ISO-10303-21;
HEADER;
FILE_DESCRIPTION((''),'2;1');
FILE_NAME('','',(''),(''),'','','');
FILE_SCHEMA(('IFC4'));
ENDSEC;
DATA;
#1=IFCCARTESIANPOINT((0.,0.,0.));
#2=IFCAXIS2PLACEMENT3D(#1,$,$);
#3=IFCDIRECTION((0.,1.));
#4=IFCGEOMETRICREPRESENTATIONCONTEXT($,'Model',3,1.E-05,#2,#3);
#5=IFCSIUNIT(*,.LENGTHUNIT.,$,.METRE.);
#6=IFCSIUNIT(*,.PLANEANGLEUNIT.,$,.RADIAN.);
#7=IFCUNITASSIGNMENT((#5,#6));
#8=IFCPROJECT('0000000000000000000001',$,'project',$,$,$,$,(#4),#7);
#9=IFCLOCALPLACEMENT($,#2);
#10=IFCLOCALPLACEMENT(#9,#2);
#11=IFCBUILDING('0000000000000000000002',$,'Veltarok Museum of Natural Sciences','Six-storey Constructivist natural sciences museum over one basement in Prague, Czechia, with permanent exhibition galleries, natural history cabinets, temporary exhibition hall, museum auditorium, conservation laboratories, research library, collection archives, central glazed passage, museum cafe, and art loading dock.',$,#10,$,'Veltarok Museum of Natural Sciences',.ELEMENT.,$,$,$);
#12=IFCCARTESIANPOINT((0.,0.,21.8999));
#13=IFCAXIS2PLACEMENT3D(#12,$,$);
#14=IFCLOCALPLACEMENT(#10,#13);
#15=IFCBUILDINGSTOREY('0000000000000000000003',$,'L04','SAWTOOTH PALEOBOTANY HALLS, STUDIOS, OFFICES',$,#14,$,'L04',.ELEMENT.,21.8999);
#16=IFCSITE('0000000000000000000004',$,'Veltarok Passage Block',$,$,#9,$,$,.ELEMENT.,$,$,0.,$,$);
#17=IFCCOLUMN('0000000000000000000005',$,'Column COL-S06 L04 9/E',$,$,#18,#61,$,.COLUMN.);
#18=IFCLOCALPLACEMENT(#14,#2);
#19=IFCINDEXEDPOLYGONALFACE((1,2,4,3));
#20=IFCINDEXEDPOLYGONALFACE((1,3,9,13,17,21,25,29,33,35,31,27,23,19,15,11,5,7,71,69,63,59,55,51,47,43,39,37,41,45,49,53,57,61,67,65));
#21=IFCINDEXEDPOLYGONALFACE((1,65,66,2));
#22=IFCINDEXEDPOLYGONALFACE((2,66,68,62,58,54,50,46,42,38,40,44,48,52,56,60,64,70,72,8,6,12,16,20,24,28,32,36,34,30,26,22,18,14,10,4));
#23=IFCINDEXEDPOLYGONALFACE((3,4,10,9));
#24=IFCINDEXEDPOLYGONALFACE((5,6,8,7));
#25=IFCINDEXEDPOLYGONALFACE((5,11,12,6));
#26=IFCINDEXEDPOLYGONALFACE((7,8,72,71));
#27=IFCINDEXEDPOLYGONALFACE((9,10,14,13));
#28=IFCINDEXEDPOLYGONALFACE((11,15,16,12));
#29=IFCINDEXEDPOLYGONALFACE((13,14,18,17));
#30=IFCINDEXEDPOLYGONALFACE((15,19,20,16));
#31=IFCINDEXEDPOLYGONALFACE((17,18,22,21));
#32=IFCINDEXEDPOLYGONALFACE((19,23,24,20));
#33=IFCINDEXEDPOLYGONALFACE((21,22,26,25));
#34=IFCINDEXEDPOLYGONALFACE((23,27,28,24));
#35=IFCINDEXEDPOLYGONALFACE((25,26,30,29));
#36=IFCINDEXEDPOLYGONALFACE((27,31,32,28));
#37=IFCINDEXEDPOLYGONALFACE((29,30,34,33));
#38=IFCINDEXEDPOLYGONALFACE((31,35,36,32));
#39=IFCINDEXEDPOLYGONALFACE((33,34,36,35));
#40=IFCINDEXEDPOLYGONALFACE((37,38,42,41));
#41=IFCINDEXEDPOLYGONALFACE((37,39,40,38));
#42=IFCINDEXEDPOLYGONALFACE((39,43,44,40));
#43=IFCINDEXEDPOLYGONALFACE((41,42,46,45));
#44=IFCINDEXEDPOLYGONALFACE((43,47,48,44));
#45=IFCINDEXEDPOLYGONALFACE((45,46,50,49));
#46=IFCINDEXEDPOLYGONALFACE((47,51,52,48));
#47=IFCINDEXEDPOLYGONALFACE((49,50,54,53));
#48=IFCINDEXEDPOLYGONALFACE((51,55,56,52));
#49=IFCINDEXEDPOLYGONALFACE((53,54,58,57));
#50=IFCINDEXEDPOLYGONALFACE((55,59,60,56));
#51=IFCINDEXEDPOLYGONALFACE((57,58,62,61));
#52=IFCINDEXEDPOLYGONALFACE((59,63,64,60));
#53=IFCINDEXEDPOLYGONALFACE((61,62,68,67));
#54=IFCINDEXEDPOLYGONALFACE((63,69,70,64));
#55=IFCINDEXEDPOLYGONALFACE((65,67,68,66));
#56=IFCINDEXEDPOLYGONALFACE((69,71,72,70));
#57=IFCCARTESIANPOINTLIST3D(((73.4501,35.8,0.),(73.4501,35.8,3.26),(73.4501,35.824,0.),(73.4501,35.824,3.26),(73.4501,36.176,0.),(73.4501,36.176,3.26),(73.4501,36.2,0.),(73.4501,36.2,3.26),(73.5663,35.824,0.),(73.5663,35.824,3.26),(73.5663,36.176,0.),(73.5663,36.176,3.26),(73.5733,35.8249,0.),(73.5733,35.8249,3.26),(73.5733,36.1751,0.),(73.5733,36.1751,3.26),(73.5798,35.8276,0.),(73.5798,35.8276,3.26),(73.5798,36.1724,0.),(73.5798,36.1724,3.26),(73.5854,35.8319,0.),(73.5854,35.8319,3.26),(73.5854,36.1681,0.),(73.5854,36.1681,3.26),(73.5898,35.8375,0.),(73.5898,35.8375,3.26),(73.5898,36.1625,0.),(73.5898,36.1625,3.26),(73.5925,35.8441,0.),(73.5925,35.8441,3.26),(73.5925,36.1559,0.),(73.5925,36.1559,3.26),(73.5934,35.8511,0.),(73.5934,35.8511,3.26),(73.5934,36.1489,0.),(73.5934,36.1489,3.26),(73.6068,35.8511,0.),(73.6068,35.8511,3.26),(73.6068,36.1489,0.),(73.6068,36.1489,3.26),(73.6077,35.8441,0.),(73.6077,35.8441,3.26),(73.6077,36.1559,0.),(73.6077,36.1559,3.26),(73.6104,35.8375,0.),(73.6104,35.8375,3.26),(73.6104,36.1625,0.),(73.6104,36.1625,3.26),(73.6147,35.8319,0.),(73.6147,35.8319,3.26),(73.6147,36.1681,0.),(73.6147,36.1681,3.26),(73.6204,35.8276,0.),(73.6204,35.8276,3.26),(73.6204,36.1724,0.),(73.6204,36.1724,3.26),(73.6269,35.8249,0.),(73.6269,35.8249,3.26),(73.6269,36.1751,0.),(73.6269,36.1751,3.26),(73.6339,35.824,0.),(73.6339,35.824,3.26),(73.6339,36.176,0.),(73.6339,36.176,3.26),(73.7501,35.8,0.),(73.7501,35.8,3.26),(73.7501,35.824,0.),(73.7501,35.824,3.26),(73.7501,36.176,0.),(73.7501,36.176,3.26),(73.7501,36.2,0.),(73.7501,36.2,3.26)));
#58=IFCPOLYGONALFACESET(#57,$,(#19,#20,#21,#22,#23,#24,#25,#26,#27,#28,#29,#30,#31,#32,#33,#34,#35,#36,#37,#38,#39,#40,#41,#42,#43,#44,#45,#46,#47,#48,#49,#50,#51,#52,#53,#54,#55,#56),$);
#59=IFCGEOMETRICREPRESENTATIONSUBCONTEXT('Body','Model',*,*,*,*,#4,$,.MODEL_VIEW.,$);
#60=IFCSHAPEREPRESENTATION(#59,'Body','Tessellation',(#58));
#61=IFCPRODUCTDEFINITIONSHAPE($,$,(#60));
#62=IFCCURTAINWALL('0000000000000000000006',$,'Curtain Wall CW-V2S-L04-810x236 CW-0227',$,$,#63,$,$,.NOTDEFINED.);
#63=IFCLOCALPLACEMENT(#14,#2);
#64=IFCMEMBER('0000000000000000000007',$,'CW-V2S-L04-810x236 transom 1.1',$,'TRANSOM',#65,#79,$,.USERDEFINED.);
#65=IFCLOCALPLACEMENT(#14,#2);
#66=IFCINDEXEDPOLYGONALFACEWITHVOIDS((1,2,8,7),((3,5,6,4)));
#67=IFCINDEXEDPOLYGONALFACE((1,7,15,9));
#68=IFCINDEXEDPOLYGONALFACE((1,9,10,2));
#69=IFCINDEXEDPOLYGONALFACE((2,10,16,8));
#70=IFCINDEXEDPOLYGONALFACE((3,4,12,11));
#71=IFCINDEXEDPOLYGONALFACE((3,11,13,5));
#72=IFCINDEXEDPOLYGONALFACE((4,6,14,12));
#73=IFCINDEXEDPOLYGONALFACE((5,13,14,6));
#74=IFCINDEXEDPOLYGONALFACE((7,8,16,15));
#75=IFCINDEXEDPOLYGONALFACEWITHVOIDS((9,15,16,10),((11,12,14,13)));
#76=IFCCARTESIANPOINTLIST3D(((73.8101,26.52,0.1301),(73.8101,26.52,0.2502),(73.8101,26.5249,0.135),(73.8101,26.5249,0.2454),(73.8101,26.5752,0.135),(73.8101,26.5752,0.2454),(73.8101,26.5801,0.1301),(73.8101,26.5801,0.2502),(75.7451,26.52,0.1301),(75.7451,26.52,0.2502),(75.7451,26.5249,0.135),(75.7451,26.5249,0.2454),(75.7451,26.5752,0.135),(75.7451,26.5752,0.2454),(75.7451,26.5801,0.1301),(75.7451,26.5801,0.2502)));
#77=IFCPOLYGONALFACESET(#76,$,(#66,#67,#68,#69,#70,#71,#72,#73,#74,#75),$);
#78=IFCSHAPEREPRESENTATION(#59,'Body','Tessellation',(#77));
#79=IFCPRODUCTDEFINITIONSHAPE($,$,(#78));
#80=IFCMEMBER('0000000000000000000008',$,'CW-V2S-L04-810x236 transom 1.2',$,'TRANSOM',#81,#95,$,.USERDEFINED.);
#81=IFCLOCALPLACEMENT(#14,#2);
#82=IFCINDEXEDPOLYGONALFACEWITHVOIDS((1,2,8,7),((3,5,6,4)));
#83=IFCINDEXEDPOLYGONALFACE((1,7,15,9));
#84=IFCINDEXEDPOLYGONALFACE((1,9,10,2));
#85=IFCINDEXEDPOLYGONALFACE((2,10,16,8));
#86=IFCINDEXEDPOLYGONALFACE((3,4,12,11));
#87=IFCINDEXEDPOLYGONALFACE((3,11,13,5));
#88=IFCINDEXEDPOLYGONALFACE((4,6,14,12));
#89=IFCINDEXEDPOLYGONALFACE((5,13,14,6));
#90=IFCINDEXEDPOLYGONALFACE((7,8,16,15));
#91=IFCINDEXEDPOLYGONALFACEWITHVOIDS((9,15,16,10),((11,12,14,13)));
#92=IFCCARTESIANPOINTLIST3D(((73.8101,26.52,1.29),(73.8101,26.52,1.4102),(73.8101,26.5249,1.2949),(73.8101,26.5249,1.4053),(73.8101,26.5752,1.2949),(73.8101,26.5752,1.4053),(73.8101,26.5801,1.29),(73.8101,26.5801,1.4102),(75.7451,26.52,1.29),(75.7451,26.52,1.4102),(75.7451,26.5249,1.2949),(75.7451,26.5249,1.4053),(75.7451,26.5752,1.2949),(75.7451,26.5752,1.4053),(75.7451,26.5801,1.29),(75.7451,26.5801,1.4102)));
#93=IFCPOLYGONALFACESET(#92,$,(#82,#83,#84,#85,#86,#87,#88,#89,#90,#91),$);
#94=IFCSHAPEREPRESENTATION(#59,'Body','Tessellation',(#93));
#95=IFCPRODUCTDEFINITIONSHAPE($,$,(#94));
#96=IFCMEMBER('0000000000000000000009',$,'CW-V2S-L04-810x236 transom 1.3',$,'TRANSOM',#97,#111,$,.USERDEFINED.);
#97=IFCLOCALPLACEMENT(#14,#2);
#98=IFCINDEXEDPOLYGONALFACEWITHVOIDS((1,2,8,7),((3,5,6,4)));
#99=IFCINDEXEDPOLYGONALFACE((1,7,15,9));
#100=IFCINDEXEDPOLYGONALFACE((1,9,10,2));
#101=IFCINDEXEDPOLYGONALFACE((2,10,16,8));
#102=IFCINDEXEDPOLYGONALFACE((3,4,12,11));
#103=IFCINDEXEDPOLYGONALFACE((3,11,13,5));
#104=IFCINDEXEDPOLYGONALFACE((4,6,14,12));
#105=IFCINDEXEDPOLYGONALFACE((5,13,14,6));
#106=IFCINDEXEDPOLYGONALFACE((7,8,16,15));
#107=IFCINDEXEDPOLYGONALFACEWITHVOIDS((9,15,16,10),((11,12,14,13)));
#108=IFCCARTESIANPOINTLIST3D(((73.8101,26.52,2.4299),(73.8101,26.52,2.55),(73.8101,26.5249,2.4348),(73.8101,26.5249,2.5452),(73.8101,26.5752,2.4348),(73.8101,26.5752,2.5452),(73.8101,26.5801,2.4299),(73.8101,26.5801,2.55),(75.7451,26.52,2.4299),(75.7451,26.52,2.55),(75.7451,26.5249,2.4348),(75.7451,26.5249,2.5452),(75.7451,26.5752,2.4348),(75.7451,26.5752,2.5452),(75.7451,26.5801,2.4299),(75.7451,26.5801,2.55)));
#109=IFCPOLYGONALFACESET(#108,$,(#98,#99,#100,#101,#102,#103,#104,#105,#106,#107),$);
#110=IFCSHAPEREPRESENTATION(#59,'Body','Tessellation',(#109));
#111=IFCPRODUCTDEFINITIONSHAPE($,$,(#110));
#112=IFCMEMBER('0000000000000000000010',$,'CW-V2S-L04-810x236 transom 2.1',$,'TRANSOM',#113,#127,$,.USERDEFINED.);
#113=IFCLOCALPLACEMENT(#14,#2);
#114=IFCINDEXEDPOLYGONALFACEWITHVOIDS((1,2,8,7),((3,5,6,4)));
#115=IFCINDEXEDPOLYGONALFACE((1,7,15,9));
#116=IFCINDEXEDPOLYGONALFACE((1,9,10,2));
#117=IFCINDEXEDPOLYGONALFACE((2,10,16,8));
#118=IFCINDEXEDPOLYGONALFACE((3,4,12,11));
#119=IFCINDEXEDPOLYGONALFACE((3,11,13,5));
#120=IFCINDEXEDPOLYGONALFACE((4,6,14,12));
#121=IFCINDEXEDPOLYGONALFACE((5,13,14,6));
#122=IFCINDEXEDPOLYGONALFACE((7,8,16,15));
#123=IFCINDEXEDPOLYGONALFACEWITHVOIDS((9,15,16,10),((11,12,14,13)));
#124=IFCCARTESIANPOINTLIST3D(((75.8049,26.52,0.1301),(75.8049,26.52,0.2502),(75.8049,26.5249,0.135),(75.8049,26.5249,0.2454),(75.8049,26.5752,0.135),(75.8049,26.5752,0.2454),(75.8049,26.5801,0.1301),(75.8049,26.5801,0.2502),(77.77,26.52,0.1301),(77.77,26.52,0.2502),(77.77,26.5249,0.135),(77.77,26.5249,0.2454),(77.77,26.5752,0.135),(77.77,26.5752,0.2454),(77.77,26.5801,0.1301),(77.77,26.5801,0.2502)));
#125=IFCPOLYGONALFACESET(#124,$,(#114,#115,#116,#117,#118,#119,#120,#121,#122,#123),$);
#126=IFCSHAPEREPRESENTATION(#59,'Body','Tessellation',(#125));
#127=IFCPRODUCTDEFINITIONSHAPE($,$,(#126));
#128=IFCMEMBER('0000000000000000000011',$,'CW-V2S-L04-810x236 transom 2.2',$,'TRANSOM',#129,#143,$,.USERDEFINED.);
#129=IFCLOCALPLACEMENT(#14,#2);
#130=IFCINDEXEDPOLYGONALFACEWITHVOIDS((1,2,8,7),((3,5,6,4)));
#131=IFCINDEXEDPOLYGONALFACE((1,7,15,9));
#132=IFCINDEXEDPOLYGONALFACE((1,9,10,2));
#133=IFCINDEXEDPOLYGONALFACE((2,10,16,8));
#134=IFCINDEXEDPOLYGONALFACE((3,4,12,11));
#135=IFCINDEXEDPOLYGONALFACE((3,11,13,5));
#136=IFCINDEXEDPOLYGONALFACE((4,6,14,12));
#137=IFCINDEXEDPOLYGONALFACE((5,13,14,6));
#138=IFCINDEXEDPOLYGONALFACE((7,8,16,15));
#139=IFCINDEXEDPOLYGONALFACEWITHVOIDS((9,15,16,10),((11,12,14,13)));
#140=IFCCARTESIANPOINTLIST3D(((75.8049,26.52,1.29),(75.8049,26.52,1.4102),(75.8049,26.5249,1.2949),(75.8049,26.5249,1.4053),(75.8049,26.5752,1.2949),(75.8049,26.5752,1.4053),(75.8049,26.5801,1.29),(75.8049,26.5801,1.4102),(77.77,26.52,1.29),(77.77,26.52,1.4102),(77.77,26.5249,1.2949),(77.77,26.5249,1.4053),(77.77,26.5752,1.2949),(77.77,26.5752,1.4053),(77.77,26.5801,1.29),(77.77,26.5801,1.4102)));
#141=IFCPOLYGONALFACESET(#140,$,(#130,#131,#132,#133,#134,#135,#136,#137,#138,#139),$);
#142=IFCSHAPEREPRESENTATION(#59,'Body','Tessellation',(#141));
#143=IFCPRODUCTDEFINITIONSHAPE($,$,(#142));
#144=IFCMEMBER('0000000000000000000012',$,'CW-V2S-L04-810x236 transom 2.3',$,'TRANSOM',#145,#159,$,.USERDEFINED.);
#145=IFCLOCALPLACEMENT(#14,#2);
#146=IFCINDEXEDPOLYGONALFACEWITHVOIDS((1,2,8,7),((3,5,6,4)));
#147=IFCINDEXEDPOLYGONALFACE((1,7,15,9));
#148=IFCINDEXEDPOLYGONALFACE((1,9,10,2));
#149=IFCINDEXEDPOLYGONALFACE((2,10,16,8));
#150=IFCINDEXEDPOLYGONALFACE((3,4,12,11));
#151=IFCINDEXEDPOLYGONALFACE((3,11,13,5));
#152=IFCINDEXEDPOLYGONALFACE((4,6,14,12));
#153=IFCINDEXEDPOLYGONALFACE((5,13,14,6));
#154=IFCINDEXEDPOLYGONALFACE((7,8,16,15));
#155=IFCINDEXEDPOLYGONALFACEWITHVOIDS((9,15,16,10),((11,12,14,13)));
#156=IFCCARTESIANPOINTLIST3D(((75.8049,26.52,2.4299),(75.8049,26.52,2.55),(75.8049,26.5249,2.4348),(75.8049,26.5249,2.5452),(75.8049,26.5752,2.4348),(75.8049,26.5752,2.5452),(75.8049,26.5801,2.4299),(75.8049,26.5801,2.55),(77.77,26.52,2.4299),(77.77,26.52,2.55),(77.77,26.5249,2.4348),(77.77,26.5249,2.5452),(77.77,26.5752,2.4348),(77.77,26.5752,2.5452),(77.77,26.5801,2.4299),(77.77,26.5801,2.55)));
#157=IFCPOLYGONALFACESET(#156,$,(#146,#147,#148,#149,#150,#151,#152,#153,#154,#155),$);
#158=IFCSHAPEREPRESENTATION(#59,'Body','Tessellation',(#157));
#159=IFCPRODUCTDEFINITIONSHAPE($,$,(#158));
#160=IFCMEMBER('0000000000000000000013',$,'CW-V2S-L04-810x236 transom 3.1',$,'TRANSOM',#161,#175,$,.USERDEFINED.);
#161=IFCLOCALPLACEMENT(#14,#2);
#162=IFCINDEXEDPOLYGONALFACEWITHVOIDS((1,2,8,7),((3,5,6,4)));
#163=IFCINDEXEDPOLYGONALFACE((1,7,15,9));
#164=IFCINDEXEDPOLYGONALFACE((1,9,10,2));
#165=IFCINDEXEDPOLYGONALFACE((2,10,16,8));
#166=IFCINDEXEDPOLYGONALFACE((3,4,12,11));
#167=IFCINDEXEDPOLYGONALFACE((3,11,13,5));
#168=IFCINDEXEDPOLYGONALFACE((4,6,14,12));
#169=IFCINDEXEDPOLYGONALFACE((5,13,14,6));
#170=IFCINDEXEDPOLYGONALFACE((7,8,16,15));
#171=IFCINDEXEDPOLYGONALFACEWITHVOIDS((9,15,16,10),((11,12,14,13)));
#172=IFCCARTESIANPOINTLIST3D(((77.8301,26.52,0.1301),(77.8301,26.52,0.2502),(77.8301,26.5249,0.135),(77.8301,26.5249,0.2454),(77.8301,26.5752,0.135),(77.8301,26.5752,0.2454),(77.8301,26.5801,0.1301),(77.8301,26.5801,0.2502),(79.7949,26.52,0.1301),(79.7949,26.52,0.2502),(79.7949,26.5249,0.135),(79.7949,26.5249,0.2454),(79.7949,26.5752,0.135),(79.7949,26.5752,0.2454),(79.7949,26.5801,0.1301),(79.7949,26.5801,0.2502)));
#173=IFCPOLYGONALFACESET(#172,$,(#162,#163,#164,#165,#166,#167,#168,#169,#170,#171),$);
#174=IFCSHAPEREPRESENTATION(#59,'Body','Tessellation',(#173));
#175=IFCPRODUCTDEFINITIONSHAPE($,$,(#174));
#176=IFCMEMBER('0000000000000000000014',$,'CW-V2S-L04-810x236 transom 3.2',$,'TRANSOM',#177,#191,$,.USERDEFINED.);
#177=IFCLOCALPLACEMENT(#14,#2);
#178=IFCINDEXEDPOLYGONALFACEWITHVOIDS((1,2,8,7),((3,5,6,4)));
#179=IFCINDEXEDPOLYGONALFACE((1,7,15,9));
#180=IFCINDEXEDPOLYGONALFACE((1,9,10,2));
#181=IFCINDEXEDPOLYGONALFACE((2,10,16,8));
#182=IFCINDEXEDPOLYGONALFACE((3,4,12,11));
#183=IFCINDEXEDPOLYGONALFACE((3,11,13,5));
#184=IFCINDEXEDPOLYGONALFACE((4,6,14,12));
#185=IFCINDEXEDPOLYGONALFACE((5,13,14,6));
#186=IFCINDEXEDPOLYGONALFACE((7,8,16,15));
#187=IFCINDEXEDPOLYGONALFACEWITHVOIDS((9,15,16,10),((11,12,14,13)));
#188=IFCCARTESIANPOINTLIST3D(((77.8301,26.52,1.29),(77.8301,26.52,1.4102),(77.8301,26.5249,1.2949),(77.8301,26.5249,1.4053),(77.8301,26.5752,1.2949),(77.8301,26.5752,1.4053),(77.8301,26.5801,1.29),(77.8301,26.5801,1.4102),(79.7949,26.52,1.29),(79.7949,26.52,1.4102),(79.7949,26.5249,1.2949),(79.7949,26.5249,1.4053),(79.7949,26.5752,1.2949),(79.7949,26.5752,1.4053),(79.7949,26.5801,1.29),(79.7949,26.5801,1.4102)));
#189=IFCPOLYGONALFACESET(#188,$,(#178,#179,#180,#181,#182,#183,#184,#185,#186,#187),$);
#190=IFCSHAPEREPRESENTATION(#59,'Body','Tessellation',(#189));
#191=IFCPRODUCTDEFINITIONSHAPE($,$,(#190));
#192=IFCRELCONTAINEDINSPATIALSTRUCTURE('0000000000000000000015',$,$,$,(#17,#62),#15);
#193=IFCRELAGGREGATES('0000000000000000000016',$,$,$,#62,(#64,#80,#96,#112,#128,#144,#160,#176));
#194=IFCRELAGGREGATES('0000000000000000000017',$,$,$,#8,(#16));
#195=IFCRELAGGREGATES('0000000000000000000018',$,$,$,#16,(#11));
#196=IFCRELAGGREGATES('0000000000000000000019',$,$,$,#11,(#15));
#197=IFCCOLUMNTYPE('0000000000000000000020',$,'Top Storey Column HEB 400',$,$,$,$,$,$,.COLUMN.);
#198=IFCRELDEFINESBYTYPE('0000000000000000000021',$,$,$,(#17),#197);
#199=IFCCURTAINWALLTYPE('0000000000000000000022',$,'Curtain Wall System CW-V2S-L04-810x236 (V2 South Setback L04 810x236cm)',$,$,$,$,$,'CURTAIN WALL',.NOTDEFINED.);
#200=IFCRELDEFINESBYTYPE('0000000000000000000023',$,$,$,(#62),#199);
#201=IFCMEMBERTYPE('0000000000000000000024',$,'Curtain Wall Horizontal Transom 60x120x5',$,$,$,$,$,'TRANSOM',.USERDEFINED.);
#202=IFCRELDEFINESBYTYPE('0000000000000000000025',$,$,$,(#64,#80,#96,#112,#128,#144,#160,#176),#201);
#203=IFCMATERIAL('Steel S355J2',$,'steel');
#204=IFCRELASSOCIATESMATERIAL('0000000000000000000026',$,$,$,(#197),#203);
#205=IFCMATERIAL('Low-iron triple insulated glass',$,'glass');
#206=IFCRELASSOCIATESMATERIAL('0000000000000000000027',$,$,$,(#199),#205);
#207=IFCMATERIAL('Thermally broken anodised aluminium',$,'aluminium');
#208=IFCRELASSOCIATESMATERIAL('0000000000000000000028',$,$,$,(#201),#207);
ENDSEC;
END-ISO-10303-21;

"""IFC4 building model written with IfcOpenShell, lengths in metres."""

from ifc_helpers import new_model, si_unit, direction, frame, origin, origin_2d, place, context, subcontext, project, spatial, hollow_rectangle, i_section, extrude, material, material_profile, profile_set, type_object, element, aggregate, save


model = new_model("IFC4")

# Units and contexts
model_context = context("Model", 3, precision=1e-05, world=origin(), true_north=direction((0.0, 1.0)))
body_context = subcontext(model_context, "Body", "Model", "MODEL_VIEW")
ifc_project = project(units=[si_unit("LENGTHUNIT", "METRE"), si_unit("PLANEANGLEUNIT", "RADIAN")], contexts=[model_context])

# Site, building, storey
site_placement = place(None, origin())
site = spatial("IfcSite", under=ifc_project, at=site_placement, Name="Veltarok Passage Block", CompositionType="ELEMENT", RefElevation=0.0)
building_placement = place(site_placement, origin())
building = spatial("IfcBuilding", under=site, at=building_placement, Name="Veltarok Museum of Natural Sciences", Description="Six-storey Constructivist natural sciences museum over one basement in Prague, Czechia, with permanent exhibition galleries, natural history cabinets, temporary exhibition hall, museum auditorium, conservation laboratories, research library, collection archives, central glazed passage, museum cafe, and art loading dock.", LongName="Veltarok Museum of Natural Sciences", CompositionType="ELEMENT")
storey_placement = place(building_placement, frame((0.0, 0.0, 21.8999)))
storey = spatial("IfcBuildingStorey", under=building, at=storey_placement, Name="L04", Description="SAWTOOTH PALEOBOTANY HALLS, STUDIOS, OFFICES", LongName="L04", CompositionType="ELEMENT", Elevation=21.8999)

# Column
ifc_material_1 = material(Name="Steel S355J2", Category="steel")
ifc_material_profile_1 = material_profile(ifc_material_1, i_section(OverallWidth=0.3, OverallDepth=0.3999, WebThickness=0.0134, FlangeThickness=0.0239, FilletRadius=0.0271, at=origin_2d()), Name="HEB 400")
ifc_profile_set_1 = profile_set([ifc_material_profile_1], Name="Steel S355J2")
column_type = type_object("IfcColumnType", Name="Top Storey Column HEB 400", PredefinedType="COLUMN", material=ifc_profile_set_1)
column_placement = place(storey_placement, frame((73.6001, 36.0, 0.0), z_axis=(0.0, 0.0, 1.0), x_axis=(1.0, 0.0, 0.0)))
element("IfcColumn", 1, at=column_placement, inside=storey, type_object=column_type, Name="Column COL-S06 L04 9/E", PredefinedType="COLUMN", context=body_context, shape_type="SweptSolid", body=[
    extrude(i_section(OverallWidth=0.3, OverallDepth=0.3999, WebThickness=0.0134, FlangeThickness=0.0239, FilletRadius=0.0271, at=origin_2d()), origin(), (0.0, 0.0, 1.0), 3.26),
])

# Curtain wall, members
ifc_material_2 = material(Name="Low-iron triple insulated glass", Category="glass")
curtain_wall_type = type_object("IfcCurtainWallType", Name="Curtain Wall System CW-V2S-L04-810x236 (V2 South Setback L04 810x236cm)", ElementType="CURTAIN WALL", PredefinedType="NOTDEFINED", material=ifc_material_2)
curtain_wall_1_placement = place(storey_placement, origin())
curtain_wall_1 = element("IfcCurtainWall", 2, at=curtain_wall_1_placement, inside=storey, type_object=curtain_wall_type, Name="Curtain Wall CW-V2S-L04-810x236 CW-0227", PredefinedType="NOTDEFINED")
ifc_material_3 = material(Name="Thermally broken anodised aluminium", Category="aluminium")
ifc_material_profile_2 = material_profile(ifc_material_3, hollow_rectangle(XDim=0.0601, YDim=0.1201, WallThickness=0.0049, at=origin_2d()), Name="CW TRANSOM 60x120x5")
ifc_profile_set_2 = profile_set([ifc_material_profile_2], Name="Thermally broken anodised aluminium")
member_type_1 = type_object("IfcMemberType", Name="Curtain Wall Horizontal Transom 60x120x5", ElementType="TRANSOM", PredefinedType="USERDEFINED", material=ifc_profile_set_2)
member_1_placement = place(storey_placement, frame((73.8101, 26.55, 0.1902), z_axis=(1.0, 0.0, 0.0), x_axis=(0.0, 1.0, 0.0)))
member_1 = element("IfcMember", 3, at=member_1_placement, type_object=member_type_1, Name="CW-V2S-L04-810x236 transom 1.1", ObjectType="TRANSOM", PredefinedType="USERDEFINED", context=body_context, shape_type="SweptSolid", body=[
    extrude(hollow_rectangle(XDim=0.0601, YDim=0.1201, WallThickness=0.0049, at=origin_2d()), origin(), (0.0, 0.0, 1.0), 1.9351),
])
member_2_placement = place(storey_placement, frame((73.8101, 26.55, 1.3501), z_axis=(1.0, 0.0, 0.0), x_axis=(0.0, 1.0, 0.0)))
member_2 = element("IfcMember", 4, at=member_2_placement, type_object=member_type_1, Name="CW-V2S-L04-810x236 transom 1.2", ObjectType="TRANSOM", PredefinedType="USERDEFINED", context=body_context, shape_type="SweptSolid", body=[
    extrude(hollow_rectangle(XDim=0.0601, YDim=0.1201, WallThickness=0.0049, at=origin_2d()), origin(), (0.0, 0.0, 1.0), 1.9351),
])
member_3_placement = place(storey_placement, frame((73.8101, 26.55, 2.49), z_axis=(1.0, 0.0, 0.0), x_axis=(0.0, 1.0, 0.0)))
member_3 = element("IfcMember", 5, at=member_3_placement, type_object=member_type_1, Name="CW-V2S-L04-810x236 transom 1.3", ObjectType="TRANSOM", PredefinedType="USERDEFINED", context=body_context, shape_type="SweptSolid", body=[
    extrude(hollow_rectangle(XDim=0.0601, YDim=0.1201, WallThickness=0.0049, at=origin_2d()), origin(), (0.0, 0.0, 1.0), 1.9351),
])
member_4_placement = place(storey_placement, frame((75.8049, 26.55, 0.1902), z_axis=(1.0, 0.0, 0.0), x_axis=(0.0, 1.0, 0.0)))
member_4 = element("IfcMember", 6, at=member_4_placement, type_object=member_type_1, Name="CW-V2S-L04-810x236 transom 2.1", ObjectType="TRANSOM", PredefinedType="USERDEFINED", context=body_context, shape_type="SweptSolid", body=[
    extrude(hollow_rectangle(XDim=0.0601, YDim=0.1201, WallThickness=0.0049, at=origin_2d()), origin(), (0.0, 0.0, 1.0), 1.9651),
])
member_5_placement = place(storey_placement, frame((75.8049, 26.55, 1.3501), z_axis=(1.0, 0.0, 0.0), x_axis=(0.0, 1.0, 0.0)))
member_5 = element("IfcMember", 7, at=member_5_placement, type_object=member_type_1, Name="CW-V2S-L04-810x236 transom 2.2", ObjectType="TRANSOM", PredefinedType="USERDEFINED", context=body_context, shape_type="SweptSolid", body=[
    extrude(hollow_rectangle(XDim=0.0601, YDim=0.1201, WallThickness=0.0049, at=origin_2d()), origin(), (0.0, 0.0, 1.0), 1.9651),
])
member_6_placement = place(storey_placement, frame((75.8049, 26.55, 2.49), z_axis=(1.0, 0.0, 0.0), x_axis=(0.0, 1.0, 0.0)))
member_6 = element("IfcMember", 8, at=member_6_placement, type_object=member_type_1, Name="CW-V2S-L04-810x236 transom 2.3", ObjectType="TRANSOM", PredefinedType="USERDEFINED", context=body_context, shape_type="SweptSolid", body=[
    extrude(hollow_rectangle(XDim=0.0601, YDim=0.1201, WallThickness=0.0049, at=origin_2d()), origin(), (0.0, 0.0, 1.0), 1.9651),
])
member_7_placement = place(storey_placement, frame((77.8301, 26.55, 0.1902), z_axis=(1.0, 0.0, 0.0), x_axis=(0.0, 1.0, 0.0)))
member_7 = element("IfcMember", 9, at=member_7_placement, type_object=member_type_1, Name="CW-V2S-L04-810x236 transom 3.1", ObjectType="TRANSOM", PredefinedType="USERDEFINED", context=body_context, shape_type="SweptSolid", body=[
    extrude(hollow_rectangle(XDim=0.0601, YDim=0.1201, WallThickness=0.0049, at=origin_2d()), origin(), (0.0, 0.0, 1.0), 1.9648),
])
member_8_placement = place(storey_placement, frame((77.8301, 26.55, 1.3501), z_axis=(1.0, 0.0, 0.0), x_axis=(0.0, 1.0, 0.0)))
member_8 = element("IfcMember", 10, at=member_8_placement, type_object=member_type_1, Name="CW-V2S-L04-810x236 transom 3.2", ObjectType="TRANSOM", PredefinedType="USERDEFINED", context=body_context, shape_type="SweptSolid", body=[
    extrude(hollow_rectangle(XDim=0.0601, YDim=0.1201, WallThickness=0.0049, at=origin_2d()), origin(), (0.0, 0.0, 1.0), 1.9648),
])

aggregate(curtain_wall_1, [member_1, member_2, member_3, member_4, member_5, member_6, member_7, member_8])

save(model, "model.ifc")
